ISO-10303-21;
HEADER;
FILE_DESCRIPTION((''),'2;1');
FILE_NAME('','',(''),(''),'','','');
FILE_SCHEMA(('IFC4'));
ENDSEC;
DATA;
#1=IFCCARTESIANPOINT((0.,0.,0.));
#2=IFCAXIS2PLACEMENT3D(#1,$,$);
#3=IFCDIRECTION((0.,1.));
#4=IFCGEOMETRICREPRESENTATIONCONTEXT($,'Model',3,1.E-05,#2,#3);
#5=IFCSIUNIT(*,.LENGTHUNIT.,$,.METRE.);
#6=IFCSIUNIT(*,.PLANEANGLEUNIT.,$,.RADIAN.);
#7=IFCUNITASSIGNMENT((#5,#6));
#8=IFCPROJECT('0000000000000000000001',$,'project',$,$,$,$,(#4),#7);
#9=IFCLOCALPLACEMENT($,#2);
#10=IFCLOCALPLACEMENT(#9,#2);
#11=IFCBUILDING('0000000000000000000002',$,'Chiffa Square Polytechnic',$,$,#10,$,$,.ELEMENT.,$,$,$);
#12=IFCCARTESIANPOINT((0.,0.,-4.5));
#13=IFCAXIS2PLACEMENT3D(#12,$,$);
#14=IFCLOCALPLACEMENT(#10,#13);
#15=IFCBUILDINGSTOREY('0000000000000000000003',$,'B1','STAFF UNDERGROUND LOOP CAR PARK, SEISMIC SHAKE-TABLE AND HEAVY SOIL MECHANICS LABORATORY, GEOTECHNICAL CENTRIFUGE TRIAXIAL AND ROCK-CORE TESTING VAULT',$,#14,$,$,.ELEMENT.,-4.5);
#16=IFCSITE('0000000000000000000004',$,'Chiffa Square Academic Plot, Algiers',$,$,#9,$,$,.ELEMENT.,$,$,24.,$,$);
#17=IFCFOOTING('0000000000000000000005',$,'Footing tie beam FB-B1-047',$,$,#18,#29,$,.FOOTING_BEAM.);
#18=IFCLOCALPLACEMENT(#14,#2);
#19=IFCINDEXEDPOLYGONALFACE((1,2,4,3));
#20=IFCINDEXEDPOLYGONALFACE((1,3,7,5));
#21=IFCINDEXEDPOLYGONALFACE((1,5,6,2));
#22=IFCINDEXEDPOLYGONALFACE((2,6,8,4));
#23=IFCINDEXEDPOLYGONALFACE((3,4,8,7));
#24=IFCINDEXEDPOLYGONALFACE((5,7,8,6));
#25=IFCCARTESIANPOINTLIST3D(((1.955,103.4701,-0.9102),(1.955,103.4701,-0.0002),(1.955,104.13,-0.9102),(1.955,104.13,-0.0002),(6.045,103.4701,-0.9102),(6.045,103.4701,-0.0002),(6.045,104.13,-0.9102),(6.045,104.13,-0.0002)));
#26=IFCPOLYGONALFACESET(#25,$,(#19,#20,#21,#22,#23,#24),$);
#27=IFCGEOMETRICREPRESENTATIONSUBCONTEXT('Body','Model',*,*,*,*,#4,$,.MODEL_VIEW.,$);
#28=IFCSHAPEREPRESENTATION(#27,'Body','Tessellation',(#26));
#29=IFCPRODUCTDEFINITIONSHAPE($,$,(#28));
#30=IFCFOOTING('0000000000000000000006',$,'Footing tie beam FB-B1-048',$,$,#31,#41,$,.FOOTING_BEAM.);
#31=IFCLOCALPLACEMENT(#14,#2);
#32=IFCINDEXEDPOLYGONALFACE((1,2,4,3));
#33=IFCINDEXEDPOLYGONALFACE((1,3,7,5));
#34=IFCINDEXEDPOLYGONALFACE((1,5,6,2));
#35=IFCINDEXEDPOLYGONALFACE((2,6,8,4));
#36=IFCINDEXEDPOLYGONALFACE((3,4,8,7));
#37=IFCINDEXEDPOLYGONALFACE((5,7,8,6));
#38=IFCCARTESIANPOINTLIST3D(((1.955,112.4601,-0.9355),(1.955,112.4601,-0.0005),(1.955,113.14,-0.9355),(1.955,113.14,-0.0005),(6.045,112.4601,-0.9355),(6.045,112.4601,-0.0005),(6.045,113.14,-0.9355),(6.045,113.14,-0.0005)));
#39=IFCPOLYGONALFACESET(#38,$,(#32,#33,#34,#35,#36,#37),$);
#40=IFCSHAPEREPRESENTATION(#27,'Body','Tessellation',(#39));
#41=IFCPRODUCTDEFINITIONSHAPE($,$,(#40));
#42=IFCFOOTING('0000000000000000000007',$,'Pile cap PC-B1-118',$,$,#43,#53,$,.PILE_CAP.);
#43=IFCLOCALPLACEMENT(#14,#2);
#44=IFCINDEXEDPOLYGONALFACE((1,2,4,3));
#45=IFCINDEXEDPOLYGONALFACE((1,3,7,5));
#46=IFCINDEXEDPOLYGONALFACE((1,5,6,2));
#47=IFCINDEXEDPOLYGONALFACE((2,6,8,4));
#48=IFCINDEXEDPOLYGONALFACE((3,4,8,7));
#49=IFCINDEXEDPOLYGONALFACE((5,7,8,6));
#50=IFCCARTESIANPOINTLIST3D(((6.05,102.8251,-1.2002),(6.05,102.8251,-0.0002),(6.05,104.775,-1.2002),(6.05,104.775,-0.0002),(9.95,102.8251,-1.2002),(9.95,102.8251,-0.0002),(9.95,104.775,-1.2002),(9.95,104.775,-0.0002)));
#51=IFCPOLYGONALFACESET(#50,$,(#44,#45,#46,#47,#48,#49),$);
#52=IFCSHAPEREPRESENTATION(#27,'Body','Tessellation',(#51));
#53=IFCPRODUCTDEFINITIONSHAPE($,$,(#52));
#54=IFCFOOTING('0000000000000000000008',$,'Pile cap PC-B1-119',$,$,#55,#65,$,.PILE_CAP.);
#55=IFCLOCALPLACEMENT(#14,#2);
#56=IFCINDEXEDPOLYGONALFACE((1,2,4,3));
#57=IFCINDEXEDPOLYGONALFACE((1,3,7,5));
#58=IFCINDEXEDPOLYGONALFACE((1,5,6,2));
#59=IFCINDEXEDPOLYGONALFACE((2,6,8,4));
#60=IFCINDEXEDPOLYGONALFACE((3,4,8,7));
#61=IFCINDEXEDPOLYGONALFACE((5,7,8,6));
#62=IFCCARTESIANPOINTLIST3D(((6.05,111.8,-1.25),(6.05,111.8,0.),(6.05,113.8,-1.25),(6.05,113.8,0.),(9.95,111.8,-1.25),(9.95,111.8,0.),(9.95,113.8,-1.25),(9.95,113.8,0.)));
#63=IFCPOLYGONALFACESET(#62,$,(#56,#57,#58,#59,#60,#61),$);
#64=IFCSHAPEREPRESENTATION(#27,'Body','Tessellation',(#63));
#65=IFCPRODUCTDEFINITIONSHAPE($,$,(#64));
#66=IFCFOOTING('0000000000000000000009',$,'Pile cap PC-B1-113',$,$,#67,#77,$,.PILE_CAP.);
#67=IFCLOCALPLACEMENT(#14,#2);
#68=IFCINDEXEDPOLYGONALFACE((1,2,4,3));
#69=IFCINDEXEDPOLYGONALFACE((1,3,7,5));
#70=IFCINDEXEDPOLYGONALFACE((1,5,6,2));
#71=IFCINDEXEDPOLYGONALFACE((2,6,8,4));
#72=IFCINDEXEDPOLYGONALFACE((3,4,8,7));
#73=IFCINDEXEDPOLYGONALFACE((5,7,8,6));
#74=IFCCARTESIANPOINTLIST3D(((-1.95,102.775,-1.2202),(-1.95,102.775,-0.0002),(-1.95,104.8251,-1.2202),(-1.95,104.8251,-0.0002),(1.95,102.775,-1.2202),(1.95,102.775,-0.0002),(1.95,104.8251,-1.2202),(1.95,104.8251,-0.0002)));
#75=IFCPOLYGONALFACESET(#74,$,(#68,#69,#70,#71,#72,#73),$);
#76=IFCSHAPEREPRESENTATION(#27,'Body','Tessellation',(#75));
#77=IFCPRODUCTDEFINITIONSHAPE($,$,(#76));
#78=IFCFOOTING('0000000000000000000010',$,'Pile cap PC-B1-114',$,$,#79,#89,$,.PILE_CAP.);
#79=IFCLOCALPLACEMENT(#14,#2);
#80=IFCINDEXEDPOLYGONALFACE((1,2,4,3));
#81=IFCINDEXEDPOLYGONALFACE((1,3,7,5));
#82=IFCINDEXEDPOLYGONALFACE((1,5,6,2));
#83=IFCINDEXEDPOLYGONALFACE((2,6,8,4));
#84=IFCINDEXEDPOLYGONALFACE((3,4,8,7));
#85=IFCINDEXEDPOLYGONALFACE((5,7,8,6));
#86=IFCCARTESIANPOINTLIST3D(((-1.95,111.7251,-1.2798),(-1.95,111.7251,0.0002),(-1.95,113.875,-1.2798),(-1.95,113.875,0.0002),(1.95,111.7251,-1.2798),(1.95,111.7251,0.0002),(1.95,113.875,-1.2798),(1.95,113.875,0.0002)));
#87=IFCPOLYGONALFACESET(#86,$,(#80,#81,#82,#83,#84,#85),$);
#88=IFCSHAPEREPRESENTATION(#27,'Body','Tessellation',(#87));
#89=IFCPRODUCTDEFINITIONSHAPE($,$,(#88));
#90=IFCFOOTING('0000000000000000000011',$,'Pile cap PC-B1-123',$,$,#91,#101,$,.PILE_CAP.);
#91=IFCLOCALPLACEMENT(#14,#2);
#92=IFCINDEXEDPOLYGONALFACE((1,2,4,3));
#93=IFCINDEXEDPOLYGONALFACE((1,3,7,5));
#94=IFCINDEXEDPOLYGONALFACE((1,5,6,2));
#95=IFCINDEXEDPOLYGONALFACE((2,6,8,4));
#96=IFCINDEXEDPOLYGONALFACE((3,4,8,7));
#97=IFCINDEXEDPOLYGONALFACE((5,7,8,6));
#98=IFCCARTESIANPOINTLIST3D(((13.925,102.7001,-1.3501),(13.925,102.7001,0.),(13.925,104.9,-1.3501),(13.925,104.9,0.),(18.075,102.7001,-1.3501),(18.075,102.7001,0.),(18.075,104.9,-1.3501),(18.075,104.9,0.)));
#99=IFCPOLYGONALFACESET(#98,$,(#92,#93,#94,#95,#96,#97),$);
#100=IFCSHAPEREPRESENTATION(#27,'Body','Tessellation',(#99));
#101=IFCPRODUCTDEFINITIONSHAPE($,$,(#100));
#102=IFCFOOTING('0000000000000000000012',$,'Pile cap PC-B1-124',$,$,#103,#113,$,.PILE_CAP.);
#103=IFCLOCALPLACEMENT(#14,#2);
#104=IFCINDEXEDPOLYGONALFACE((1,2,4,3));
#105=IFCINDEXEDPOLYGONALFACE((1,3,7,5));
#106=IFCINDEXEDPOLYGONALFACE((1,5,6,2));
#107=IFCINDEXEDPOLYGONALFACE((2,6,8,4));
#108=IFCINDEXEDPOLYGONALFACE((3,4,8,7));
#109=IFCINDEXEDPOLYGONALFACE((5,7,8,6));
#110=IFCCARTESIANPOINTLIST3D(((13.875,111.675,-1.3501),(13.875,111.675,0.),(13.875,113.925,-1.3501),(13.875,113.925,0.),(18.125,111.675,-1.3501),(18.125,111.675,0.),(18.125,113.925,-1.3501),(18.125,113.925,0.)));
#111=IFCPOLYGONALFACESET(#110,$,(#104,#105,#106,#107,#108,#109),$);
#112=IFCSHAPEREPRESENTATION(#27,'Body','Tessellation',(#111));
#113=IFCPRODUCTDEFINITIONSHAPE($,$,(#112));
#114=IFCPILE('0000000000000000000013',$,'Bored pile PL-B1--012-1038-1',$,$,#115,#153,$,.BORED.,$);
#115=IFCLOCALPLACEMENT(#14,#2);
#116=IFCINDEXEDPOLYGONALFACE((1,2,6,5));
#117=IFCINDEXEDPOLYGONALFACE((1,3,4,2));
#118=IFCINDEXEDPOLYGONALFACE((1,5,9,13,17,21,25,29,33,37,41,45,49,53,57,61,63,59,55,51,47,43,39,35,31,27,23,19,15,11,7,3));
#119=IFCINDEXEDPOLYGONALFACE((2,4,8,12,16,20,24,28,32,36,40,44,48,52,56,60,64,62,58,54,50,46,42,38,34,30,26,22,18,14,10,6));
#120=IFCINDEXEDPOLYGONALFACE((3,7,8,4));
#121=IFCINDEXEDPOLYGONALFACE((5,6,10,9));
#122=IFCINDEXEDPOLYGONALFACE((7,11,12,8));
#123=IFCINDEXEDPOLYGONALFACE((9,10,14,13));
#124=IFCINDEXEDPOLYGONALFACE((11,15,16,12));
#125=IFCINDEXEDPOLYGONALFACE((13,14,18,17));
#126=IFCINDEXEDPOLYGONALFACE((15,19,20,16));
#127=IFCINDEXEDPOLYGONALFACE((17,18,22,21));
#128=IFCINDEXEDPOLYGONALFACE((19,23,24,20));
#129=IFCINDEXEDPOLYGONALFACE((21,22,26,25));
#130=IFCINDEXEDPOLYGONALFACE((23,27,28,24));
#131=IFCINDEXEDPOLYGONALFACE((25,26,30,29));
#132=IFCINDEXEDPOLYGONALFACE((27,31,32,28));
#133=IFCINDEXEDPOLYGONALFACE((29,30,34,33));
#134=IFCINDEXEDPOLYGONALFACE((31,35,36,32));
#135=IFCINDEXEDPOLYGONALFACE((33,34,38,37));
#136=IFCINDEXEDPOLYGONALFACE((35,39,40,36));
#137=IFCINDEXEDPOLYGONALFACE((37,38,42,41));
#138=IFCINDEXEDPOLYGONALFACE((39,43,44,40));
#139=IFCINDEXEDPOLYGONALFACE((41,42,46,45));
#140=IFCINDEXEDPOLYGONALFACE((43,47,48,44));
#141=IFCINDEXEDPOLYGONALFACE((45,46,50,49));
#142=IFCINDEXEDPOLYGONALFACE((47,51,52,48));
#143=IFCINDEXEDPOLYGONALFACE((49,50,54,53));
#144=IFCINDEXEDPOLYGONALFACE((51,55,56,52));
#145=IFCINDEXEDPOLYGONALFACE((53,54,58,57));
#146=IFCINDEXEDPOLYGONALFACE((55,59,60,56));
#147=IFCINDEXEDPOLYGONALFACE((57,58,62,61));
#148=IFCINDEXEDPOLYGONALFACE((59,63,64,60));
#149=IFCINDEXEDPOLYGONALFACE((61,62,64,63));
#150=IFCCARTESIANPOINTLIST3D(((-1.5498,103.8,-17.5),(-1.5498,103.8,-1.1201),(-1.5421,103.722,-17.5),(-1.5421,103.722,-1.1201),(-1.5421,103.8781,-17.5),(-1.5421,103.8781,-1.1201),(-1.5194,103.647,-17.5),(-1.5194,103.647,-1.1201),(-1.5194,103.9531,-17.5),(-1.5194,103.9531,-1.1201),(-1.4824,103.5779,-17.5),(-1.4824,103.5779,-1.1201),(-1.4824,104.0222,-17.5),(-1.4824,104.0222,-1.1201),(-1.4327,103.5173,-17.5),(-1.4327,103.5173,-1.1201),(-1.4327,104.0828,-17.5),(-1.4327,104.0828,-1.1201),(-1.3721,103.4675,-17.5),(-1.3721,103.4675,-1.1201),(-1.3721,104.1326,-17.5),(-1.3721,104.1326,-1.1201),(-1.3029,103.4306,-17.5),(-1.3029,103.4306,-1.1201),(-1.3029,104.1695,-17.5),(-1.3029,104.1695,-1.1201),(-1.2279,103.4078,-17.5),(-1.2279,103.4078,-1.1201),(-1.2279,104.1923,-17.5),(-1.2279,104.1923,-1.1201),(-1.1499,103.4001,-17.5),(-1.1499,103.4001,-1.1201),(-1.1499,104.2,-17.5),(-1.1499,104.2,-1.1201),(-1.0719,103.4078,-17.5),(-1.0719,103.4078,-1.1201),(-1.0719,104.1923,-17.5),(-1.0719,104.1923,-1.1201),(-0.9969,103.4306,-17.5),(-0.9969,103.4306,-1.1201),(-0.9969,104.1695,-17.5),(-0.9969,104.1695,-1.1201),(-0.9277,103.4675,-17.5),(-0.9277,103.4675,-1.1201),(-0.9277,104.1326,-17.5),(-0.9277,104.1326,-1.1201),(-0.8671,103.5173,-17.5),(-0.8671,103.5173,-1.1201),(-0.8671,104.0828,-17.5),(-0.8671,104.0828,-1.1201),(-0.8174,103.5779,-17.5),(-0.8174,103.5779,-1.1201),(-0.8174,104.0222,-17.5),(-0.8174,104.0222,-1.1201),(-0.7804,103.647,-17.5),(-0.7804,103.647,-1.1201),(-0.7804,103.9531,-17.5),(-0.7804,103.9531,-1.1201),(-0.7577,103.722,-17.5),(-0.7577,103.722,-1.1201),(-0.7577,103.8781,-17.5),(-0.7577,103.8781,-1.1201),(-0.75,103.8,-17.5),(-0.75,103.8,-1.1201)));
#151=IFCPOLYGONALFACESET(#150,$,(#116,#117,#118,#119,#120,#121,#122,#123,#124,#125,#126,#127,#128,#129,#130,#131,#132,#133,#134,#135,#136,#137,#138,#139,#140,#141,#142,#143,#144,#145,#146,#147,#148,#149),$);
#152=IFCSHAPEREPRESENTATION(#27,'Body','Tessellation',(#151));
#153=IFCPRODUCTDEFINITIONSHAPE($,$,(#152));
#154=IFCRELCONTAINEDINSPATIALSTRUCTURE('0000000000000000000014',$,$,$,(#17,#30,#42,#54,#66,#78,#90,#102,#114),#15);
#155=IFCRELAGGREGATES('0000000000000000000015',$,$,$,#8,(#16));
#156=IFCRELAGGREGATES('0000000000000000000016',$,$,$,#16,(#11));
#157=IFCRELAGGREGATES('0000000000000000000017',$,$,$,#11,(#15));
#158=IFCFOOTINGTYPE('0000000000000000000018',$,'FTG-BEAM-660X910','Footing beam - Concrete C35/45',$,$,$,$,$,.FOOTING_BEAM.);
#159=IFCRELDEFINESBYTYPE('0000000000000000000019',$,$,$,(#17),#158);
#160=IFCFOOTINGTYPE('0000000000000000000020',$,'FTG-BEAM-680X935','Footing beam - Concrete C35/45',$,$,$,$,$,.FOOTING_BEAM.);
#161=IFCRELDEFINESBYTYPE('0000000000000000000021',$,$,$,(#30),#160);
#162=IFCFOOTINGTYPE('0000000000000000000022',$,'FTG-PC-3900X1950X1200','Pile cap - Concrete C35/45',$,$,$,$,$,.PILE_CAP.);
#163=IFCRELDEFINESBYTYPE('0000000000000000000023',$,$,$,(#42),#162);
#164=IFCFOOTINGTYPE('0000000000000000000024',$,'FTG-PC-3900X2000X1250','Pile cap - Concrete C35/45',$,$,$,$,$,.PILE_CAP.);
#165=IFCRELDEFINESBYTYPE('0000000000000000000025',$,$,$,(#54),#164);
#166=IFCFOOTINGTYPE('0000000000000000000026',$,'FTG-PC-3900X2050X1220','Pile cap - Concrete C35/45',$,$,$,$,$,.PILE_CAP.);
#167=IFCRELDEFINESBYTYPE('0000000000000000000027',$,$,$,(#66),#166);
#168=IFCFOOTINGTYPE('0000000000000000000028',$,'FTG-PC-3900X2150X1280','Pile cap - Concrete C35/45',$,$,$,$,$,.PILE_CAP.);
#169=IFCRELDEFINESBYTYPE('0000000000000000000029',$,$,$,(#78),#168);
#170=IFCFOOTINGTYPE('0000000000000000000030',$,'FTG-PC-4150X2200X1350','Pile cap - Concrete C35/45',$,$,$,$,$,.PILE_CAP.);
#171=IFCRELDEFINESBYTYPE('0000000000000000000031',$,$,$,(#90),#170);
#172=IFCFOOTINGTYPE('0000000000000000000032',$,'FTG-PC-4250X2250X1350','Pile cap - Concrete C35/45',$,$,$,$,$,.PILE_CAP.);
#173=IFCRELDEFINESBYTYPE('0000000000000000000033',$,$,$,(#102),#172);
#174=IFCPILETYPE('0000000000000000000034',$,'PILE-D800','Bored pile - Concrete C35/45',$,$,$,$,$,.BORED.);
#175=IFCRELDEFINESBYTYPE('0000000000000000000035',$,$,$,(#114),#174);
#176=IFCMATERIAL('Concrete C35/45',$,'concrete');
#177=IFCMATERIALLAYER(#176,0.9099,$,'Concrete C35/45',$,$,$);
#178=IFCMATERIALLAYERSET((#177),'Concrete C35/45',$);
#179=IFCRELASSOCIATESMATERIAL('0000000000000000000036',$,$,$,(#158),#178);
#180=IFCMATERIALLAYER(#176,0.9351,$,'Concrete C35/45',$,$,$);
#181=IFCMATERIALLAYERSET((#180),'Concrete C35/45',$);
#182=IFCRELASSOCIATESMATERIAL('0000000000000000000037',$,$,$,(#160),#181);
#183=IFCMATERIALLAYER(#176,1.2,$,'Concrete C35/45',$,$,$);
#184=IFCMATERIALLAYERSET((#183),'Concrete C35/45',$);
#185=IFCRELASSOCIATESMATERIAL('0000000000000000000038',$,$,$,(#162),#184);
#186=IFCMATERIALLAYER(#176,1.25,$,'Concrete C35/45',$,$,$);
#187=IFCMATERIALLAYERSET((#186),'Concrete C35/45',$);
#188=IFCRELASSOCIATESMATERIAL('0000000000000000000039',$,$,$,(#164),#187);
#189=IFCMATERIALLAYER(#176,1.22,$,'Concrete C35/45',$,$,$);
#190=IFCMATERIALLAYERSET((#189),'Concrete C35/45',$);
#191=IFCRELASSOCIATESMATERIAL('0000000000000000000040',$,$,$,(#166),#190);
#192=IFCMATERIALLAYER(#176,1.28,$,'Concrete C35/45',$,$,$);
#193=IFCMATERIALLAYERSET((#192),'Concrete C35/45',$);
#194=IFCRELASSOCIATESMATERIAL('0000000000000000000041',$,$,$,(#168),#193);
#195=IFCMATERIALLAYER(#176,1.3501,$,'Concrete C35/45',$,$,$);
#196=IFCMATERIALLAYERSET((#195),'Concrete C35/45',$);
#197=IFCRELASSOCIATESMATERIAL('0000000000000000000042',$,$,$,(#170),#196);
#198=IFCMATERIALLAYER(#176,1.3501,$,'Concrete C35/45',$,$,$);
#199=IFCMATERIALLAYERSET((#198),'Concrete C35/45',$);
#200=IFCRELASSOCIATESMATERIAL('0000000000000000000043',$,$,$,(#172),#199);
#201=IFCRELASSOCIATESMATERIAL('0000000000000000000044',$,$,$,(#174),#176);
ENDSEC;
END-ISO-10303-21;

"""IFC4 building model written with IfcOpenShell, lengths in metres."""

from ifc_helpers import new_model, si_unit, direction, frame, origin, origin_2d, place, context, subcontext, project, spatial, rectangle, circle, extrude, material, layer, layer_set, material_profile, profile_set, type_object, element, save


model = new_model("IFC4")

# Units and contexts
model_context = context("Model", 3, precision=1e-05, world=origin(), true_north=direction((0.0, 1.0)))
body_context = subcontext(model_context, "Body", "Model", "MODEL_VIEW")
ifc_project = project(units=[si_unit("LENGTHUNIT", "METRE"), si_unit("PLANEANGLEUNIT", "RADIAN")], contexts=[model_context])

# Site, building, storey
site_placement = place(None, origin())
site = spatial("IfcSite", under=ifc_project, at=site_placement, Name="Chiffa Square Academic Plot, Algiers", CompositionType="ELEMENT", RefElevation=24.0)
building_placement = place(site_placement, origin())
building = spatial("IfcBuilding", under=site, at=building_placement, Name="Chiffa Square Polytechnic", CompositionType="ELEMENT")
storey_placement = place(building_placement, frame((0.0, 0.0, -4.5)))
storey = spatial("IfcBuildingStorey", under=building, at=storey_placement, Name="B1", Description="STAFF UNDERGROUND LOOP CAR PARK, SEISMIC SHAKE-TABLE AND HEAVY SOIL MECHANICS LABORATORY, GEOTECHNICAL CENTRIFUGE TRIAXIAL AND ROCK-CORE TESTING VAULT", CompositionType="ELEMENT", Elevation=-4.5)

# Footings
ifc_material_1 = material(Name="Concrete C35/45", Category="concrete")
ifc_layer_1 = layer(ifc_material_1, 0.9099, Name="Concrete C35/45")
ifc_layer_set_1 = layer_set([ifc_layer_1], Name="Concrete C35/45")
footing_type_1 = type_object("IfcFootingType", Name="FTG-BEAM-660X910", Description="Footing beam - Concrete C35/45", PredefinedType="FOOTING_BEAM", material=ifc_layer_set_1)
footing_1_placement = place(storey_placement, frame((4.0, 103.8, -0.9102), z_axis=(0.0, 0.0, 1.0), x_axis=(1.0, 0.0, 0.0)))
element("IfcFooting", 1, at=footing_1_placement, inside=storey, type_object=footing_type_1, Name="Footing tie beam FB-B1-047", PredefinedType="FOOTING_BEAM", context=body_context, shape_type="SweptSolid", body=[
    extrude(rectangle(XDim=4.0901, YDim=0.6599, at=origin_2d()), origin(), (0.0, 0.0, 1.0), 0.9099),
])
ifc_layer_2 = layer(ifc_material_1, 0.9351, Name="Concrete C35/45")
ifc_layer_set_2 = layer_set([ifc_layer_2], Name="Concrete C35/45")
footing_type_2 = type_object("IfcFootingType", Name="FTG-BEAM-680X935", Description="Footing beam - Concrete C35/45", PredefinedType="FOOTING_BEAM", material=ifc_layer_set_2)
footing_2_placement = place(storey_placement, frame((4.0, 112.8, -0.9355), z_axis=(0.0, 0.0, 1.0), x_axis=(1.0, 0.0, 0.0)))
element("IfcFooting", 2, at=footing_2_placement, inside=storey, type_object=footing_type_2, Name="Footing tie beam FB-B1-048", PredefinedType="FOOTING_BEAM", context=body_context, shape_type="SweptSolid", body=[
    extrude(rectangle(XDim=4.0901, YDim=0.6799, at=origin_2d()), origin(), (0.0, 0.0, 1.0), 0.9351),
])
ifc_layer_3 = layer(ifc_material_1, 1.2, Name="Concrete C35/45")
ifc_layer_set_3 = layer_set([ifc_layer_3], Name="Concrete C35/45")
footing_type_3 = type_object("IfcFootingType", Name="FTG-PC-3900X1950X1200", Description="Pile cap - Concrete C35/45", PredefinedType="PILE_CAP", material=ifc_layer_set_3)
footing_3_placement = place(storey_placement, frame((8.0, 103.8, -1.2002), z_axis=(0.0, 0.0, 1.0), x_axis=(1.0, 0.0, 0.0)))
element("IfcFooting", 3, at=footing_3_placement, inside=storey, type_object=footing_type_3, Name="Pile cap PC-B1-118", PredefinedType="PILE_CAP", context=body_context, shape_type="SweptSolid", body=[
    extrude(rectangle(XDim=3.8999, YDim=1.95, at=origin_2d()), origin(), (0.0, 0.0, 1.0), 1.2),
])
ifc_layer_4 = layer(ifc_material_1, 1.25, Name="Concrete C35/45")
ifc_layer_set_4 = layer_set([ifc_layer_4], Name="Concrete C35/45")
footing_type_4 = type_object("IfcFootingType", Name="FTG-PC-3900X2000X1250", Description="Pile cap - Concrete C35/45", PredefinedType="PILE_CAP", material=ifc_layer_set_4)
footing_4_placement = place(storey_placement, frame((8.0, 112.8, -1.25), z_axis=(0.0, 0.0, 1.0), x_axis=(1.0, 0.0, 0.0)))
element("IfcFooting", 4, at=footing_4_placement, inside=storey, type_object=footing_type_4, Name="Pile cap PC-B1-119", PredefinedType="PILE_CAP", context=body_context, shape_type="SweptSolid", body=[
    extrude(rectangle(XDim=3.8999, YDim=2.0, at=origin_2d()), origin(), (0.0, 0.0, 1.0), 1.25),
])
ifc_layer_5 = layer(ifc_material_1, 1.22, Name="Concrete C35/45")
ifc_layer_set_5 = layer_set([ifc_layer_5], Name="Concrete C35/45")
footing_type_5 = type_object("IfcFootingType", Name="FTG-PC-3900X2050X1220", Description="Pile cap - Concrete C35/45", PredefinedType="PILE_CAP", material=ifc_layer_set_5)
footing_5_placement = place(storey_placement, frame((0.0, 103.8, -1.2202), z_axis=(0.0, 0.0, 1.0), x_axis=(1.0, 0.0, 0.0)))
element("IfcFooting", 5, at=footing_5_placement, inside=storey, type_object=footing_type_5, Name="Pile cap PC-B1-113", PredefinedType="PILE_CAP", context=body_context, shape_type="SweptSolid", body=[
    extrude(rectangle(XDim=3.8999, YDim=2.05, at=origin_2d()), origin(), (0.0, 0.0, 1.0), 1.22),
])
ifc_layer_6 = layer(ifc_material_1, 1.28, Name="Concrete C35/45")
ifc_layer_set_6 = layer_set([ifc_layer_6], Name="Concrete C35/45")
footing_type_6 = type_object("IfcFootingType", Name="FTG-PC-3900X2150X1280", Description="Pile cap - Concrete C35/45", PredefinedType="PILE_CAP", material=ifc_layer_set_6)
footing_6_placement = place(storey_placement, frame((0.0, 112.8, -1.2798), z_axis=(0.0, 0.0, 1.0), x_axis=(1.0, 0.0, 0.0)))
element("IfcFooting", 6, at=footing_6_placement, inside=storey, type_object=footing_type_6, Name="Pile cap PC-B1-114", PredefinedType="PILE_CAP", context=body_context, shape_type="SweptSolid", body=[
    extrude(rectangle(XDim=3.8999, YDim=2.1499, at=origin_2d()), origin(), (0.0, 0.0, 1.0), 1.28),
])
ifc_layer_7 = layer(ifc_material_1, 1.3501, Name="Concrete C35/45")
ifc_layer_set_7 = layer_set([ifc_layer_7], Name="Concrete C35/45")
footing_type_7 = type_object("IfcFootingType", Name="FTG-PC-4150X2200X1350", Description="Pile cap - Concrete C35/45", PredefinedType="PILE_CAP", material=ifc_layer_set_7)
footing_7_placement = place(storey_placement, frame((16.0, 103.8, -1.3501), z_axis=(0.0, 0.0, 1.0), x_axis=(1.0, 0.0, 0.0)))
element("IfcFooting", 7, at=footing_7_placement, inside=storey, type_object=footing_type_7, Name="Pile cap PC-B1-123", PredefinedType="PILE_CAP", context=body_context, shape_type="SweptSolid", body=[
    extrude(rectangle(XDim=4.1499, YDim=2.2, at=origin_2d()), origin(), (0.0, 0.0, 1.0), 1.3501),
])
ifc_layer_8 = layer(ifc_material_1, 1.3501, Name="Concrete C35/45")
ifc_layer_set_8 = layer_set([ifc_layer_8], Name="Concrete C35/45")
footing_type_8 = type_object("IfcFootingType", Name="FTG-PC-4250X2250X1350", Description="Pile cap - Concrete C35/45", PredefinedType="PILE_CAP", material=ifc_layer_set_8)
footing_8_placement = place(storey_placement, frame((16.0, 112.8, -1.3501), z_axis=(0.0, 0.0, 1.0), x_axis=(1.0, 0.0, 0.0)))
element("IfcFooting", 8, at=footing_8_placement, inside=storey, type_object=footing_type_8, Name="Pile cap PC-B1-124", PredefinedType="PILE_CAP", context=body_context, shape_type="SweptSolid", body=[
    extrude(rectangle(XDim=4.25, YDim=2.25, at=origin_2d()), origin(), (0.0, 0.0, 1.0), 1.3501),
])

# Pile
ifc_material_profile_1 = material_profile(ifc_material_1, circle(Radius=0.3999, at=origin_2d()), Name="PILE D800")
ifc_profile_set_1 = profile_set([ifc_material_profile_1], Name="Concrete C35/45")
pile_type_1 = type_object("IfcPileType", Name="PILE-D800", Description="Bored pile - Concrete C35/45", PredefinedType="BORED", material=ifc_profile_set_1)
for number, where, z_axis, x_axis, name in (
    (9, (-1.1499, 103.8, -1.1201), (0.0, 0.0, -1.0), (1.0, 0.0, 0.0), "Bored pile PL-B1--012-1038-1"),
):
    element("IfcPile", number, at=place(storey_placement, frame(where, z_axis=z_axis, x_axis=x_axis)), inside=storey, type_object=pile_type_1, Name=name, PredefinedType="BORED", context=body_context, shape_type="SweptSolid", body=[
        extrude(circle(Radius=0.3999, at=origin_2d()), origin(), (0.0, 0.0, 1.0), 16.3799),
    ])

save(model, "model.ifc")
